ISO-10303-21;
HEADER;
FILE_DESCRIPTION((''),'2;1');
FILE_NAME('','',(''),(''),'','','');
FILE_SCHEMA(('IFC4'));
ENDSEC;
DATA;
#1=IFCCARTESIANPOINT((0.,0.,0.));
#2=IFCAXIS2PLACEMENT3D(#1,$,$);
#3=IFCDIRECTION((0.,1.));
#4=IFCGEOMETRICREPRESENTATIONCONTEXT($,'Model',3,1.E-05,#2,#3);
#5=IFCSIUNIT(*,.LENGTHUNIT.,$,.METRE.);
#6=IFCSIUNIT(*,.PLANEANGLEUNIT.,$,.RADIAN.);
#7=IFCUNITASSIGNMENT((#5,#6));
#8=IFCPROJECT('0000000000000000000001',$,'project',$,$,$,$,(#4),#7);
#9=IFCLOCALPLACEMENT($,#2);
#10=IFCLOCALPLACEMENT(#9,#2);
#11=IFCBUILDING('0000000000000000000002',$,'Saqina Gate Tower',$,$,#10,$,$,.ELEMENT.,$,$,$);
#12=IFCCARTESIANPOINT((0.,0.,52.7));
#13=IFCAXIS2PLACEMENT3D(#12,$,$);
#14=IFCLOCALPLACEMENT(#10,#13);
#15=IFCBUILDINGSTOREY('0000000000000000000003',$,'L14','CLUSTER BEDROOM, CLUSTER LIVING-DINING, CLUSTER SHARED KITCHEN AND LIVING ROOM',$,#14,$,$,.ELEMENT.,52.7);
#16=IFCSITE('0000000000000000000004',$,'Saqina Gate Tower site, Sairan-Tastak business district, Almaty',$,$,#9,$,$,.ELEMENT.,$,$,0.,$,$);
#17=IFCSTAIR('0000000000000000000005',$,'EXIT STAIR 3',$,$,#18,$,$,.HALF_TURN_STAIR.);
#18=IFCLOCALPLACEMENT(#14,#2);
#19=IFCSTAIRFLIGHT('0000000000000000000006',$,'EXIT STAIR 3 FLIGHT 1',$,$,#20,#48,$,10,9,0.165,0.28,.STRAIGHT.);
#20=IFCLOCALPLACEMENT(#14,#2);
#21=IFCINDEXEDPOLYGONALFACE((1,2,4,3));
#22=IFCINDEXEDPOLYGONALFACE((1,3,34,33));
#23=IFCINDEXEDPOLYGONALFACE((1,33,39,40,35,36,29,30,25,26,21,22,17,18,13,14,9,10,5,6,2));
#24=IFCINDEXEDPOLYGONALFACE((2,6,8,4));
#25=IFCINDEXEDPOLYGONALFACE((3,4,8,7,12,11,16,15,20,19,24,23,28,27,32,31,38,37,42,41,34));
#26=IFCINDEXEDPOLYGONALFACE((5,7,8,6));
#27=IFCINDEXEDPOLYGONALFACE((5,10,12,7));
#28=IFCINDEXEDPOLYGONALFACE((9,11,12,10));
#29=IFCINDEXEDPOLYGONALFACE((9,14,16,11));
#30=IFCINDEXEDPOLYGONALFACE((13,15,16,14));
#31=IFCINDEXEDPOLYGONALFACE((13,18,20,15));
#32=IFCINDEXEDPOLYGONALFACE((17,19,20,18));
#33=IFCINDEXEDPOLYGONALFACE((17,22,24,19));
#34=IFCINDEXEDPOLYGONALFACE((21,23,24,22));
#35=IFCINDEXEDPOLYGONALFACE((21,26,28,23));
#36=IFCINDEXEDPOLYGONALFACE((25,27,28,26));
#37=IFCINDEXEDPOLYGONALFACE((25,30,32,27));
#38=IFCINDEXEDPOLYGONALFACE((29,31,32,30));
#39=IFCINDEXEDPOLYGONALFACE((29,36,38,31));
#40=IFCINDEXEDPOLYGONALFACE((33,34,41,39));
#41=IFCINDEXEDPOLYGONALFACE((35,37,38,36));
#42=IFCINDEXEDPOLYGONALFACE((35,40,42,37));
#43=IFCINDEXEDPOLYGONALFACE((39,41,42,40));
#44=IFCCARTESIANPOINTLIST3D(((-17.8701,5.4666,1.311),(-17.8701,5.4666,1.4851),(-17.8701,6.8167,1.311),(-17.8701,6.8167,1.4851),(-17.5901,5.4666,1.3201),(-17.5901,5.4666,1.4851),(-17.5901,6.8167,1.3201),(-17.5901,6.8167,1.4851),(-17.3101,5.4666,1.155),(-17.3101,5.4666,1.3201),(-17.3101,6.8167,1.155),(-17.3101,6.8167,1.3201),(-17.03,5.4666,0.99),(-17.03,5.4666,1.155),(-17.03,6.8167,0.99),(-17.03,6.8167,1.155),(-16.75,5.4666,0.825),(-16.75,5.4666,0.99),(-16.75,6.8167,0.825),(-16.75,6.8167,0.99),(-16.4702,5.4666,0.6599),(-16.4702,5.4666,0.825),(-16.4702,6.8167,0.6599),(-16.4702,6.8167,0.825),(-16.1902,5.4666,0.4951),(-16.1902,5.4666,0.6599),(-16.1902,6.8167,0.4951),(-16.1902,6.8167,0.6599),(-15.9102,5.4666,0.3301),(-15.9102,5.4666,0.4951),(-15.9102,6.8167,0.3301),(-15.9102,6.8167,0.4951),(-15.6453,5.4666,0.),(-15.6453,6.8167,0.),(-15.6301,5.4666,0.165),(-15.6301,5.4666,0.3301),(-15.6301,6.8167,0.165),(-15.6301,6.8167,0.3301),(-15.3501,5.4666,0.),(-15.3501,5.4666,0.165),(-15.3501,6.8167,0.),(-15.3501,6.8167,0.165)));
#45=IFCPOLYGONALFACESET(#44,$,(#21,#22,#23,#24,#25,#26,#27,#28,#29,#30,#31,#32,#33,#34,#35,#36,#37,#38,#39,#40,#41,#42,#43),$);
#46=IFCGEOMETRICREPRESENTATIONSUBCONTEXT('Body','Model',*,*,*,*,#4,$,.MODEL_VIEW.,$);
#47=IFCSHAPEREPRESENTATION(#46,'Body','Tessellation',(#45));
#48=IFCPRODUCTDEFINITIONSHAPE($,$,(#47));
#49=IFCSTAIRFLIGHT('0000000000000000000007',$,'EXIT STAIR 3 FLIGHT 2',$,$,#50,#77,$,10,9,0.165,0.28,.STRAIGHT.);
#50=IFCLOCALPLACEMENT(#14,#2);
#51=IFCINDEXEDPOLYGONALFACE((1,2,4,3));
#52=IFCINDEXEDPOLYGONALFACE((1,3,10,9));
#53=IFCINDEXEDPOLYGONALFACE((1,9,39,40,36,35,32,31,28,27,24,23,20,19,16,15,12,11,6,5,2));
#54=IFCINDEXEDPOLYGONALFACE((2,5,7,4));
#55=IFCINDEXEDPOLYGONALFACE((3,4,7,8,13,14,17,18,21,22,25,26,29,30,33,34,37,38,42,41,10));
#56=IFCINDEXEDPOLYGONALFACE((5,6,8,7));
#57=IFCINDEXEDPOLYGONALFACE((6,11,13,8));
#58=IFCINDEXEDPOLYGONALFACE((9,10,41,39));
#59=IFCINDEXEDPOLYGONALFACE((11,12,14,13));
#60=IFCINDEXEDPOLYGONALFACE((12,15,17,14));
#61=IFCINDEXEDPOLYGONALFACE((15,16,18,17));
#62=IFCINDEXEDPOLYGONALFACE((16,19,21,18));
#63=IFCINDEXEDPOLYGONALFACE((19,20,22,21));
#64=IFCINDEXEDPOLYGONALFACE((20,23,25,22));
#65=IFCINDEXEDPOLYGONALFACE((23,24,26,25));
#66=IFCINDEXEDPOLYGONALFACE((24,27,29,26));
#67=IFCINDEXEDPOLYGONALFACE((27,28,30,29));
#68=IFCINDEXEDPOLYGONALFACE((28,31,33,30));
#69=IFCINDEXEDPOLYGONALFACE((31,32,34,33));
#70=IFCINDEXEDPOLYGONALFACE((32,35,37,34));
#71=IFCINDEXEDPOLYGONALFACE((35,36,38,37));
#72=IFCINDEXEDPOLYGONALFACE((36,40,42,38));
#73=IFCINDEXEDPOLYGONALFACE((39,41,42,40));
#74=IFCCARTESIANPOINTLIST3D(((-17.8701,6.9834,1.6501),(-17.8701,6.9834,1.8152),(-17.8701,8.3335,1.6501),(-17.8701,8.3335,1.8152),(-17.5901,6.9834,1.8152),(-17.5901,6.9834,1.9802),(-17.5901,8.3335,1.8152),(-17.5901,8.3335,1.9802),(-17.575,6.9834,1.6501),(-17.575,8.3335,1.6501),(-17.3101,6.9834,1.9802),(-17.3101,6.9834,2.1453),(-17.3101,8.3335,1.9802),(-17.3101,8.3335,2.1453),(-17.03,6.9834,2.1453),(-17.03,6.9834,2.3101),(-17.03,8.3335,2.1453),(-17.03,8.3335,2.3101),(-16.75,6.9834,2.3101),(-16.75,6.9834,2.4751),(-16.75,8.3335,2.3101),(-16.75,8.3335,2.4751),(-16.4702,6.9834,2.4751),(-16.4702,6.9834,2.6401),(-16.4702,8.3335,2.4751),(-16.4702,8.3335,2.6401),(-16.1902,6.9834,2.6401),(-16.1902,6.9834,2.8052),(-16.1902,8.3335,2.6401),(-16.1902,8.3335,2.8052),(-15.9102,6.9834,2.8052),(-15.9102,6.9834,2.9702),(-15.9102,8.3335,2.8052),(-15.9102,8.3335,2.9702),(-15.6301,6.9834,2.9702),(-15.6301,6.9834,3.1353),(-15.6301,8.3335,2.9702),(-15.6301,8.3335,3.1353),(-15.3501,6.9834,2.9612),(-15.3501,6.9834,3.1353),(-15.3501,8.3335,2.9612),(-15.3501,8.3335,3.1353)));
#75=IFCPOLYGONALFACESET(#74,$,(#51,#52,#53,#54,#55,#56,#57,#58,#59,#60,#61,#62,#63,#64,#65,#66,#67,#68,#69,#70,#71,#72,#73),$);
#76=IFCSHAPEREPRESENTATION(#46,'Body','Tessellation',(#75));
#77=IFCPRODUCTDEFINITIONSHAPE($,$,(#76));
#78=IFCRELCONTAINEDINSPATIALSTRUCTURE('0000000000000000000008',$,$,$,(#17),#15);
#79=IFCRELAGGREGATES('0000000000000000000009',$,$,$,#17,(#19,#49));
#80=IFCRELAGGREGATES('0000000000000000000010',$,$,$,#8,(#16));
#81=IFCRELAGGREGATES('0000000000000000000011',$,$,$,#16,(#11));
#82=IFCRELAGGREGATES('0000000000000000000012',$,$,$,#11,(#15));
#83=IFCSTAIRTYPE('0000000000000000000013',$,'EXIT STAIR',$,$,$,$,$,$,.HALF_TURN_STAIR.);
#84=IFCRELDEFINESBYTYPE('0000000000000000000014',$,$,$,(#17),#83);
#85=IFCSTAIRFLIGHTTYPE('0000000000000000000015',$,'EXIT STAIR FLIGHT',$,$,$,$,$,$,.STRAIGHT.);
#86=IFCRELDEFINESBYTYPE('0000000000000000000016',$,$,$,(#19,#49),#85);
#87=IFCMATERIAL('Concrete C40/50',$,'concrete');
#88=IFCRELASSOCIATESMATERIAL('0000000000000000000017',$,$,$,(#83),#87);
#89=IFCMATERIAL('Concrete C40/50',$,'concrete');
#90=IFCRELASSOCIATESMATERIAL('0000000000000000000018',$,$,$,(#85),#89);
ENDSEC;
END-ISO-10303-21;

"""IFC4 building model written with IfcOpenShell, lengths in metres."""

from ifc_helpers import new_model, si_unit, direction, frame, origin, place, context, subcontext, project, spatial, polyline, outline, extrude, material, type_object, element, aggregate, save


model = new_model("IFC4")

# Units and contexts
model_context = context("Model", 3, precision=1e-05, world=origin(), true_north=direction((0.0, 1.0)))
body_context = subcontext(model_context, "Body", "Model", "MODEL_VIEW")
ifc_project = project(units=[si_unit("LENGTHUNIT", "METRE"), si_unit("PLANEANGLEUNIT", "RADIAN")], contexts=[model_context])

# Site, building, storey
site_placement = place(None, origin())
site = spatial("IfcSite", under=ifc_project, at=site_placement, Name="Saqina Gate Tower site, Sairan-Tastak business district, Almaty", CompositionType="ELEMENT", RefElevation=0.0)
building_placement = place(site_placement, origin())
building = spatial("IfcBuilding", under=site, at=building_placement, Name="Saqina Gate Tower", CompositionType="ELEMENT")
storey_placement = place(building_placement, frame((0.0, 0.0, 52.7)))
storey = spatial("IfcBuildingStorey", under=building, at=storey_placement, Name="L14", Description="CLUSTER BEDROOM, CLUSTER LIVING-DINING, CLUSTER SHARED KITCHEN AND LIVING ROOM", CompositionType="ELEMENT", Elevation=52.7)

# Stair, stair flights
ifc_material_1 = material(Name="Concrete C40/50", Category="concrete")
stair_type = type_object("IfcStairType", Name="EXIT STAIR", PredefinedType="HALF_TURN_STAIR", material=ifc_material_1)
stair_placement = place(storey_placement, origin())
stair = element("IfcStair", 1, at=stair_placement, inside=storey, type_object=stair_type, Name="EXIT STAIR 3", PredefinedType="HALF_TURN_STAIR")
ifc_material_2 = material(Name="Concrete C40/50", Category="concrete")
stair_flight_type = type_object("IfcStairFlightType", Name="EXIT STAIR FLIGHT", PredefinedType="STRAIGHT", material=ifc_material_2)
stair_flight_1_placement = place(storey_placement, frame((-15.3501, 6.1416, 0.0), z_axis=(0.0, 0.0, 1.0), x_axis=(-1.0, 0.0, 0.0)))
stair_flight_1 = element("IfcStairFlight", 2, at=stair_flight_1_placement, type_object=stair_flight_type, Name="EXIT STAIR 3 FLIGHT 1", NumberOfRisers=10, NumberOfTreads=9, PredefinedType="STRAIGHT", RiserHeight=0.165, TreadLength=0.28, context=body_context, shape_type="SweptSolid", body=[
    extrude(outline(polyline([(0.0, 0.0), (0.0, 0.165), (0.28, 0.165), (0.28, 0.3301), (0.5601, 0.3301), (0.5601, 0.4951), (0.8401, 0.4951), (0.8401, 0.6599), (1.1201, 0.6599), (1.1201, 0.825), (1.3999, 0.825), (1.3999, 0.99), (1.6799, 0.99), (1.6799, 1.155), (1.96, 1.155), (1.96, 1.3201), (2.24, 1.3201), (2.24, 1.4851), (2.52, 1.4851), (2.52, 1.6499), (2.52, 1.311), (0.2952, 0.0), (0.0, 0.0)])), frame((0.0, 0.675, 0.0), z_axis=(0.0, -1.0, 0.0), x_axis=(1.0, 0.0, 0.0)), (0.0, 0.0, 1.0), 1.3501),
])
stair_flight_2_placement = place(storey_placement, frame((-17.8701, 7.6584, 1.6501), z_axis=(0.0, 0.0, 1.0), x_axis=(1.0, 0.0, 0.0)))
stair_flight_2 = element("IfcStairFlight", 3, at=stair_flight_2_placement, type_object=stair_flight_type, Name="EXIT STAIR 3 FLIGHT 2", NumberOfRisers=10, NumberOfTreads=9, PredefinedType="STRAIGHT", RiserHeight=0.165, TreadLength=0.28, context=body_context, shape_type="SweptSolid", body=[
    extrude(outline(polyline([(0.0, 0.0), (0.0, 0.165), (0.28, 0.165), (0.28, 0.3301), (0.5601, 0.3301), (0.5601, 0.4951), (0.8401, 0.4951), (0.8401, 0.6599), (1.1201, 0.6599), (1.1201, 0.825), (1.3999, 0.825), (1.3999, 0.99), (1.6799, 0.99), (1.6799, 1.155), (1.96, 1.155), (1.96, 1.3201), (2.24, 1.3201), (2.24, 1.4851), (2.52, 1.4851), (2.52, 1.6499), (2.52, 1.311), (0.2952, 0.0), (0.0, 0.0)])), frame((0.0, 0.675, 0.0), z_axis=(0.0, -1.0, 0.0), x_axis=(1.0, 0.0, 0.0)), (0.0, 0.0, 1.0), 1.3501),
])
aggregate(stair, [stair_flight_1, stair_flight_2])

save(model, "model.ifc")
